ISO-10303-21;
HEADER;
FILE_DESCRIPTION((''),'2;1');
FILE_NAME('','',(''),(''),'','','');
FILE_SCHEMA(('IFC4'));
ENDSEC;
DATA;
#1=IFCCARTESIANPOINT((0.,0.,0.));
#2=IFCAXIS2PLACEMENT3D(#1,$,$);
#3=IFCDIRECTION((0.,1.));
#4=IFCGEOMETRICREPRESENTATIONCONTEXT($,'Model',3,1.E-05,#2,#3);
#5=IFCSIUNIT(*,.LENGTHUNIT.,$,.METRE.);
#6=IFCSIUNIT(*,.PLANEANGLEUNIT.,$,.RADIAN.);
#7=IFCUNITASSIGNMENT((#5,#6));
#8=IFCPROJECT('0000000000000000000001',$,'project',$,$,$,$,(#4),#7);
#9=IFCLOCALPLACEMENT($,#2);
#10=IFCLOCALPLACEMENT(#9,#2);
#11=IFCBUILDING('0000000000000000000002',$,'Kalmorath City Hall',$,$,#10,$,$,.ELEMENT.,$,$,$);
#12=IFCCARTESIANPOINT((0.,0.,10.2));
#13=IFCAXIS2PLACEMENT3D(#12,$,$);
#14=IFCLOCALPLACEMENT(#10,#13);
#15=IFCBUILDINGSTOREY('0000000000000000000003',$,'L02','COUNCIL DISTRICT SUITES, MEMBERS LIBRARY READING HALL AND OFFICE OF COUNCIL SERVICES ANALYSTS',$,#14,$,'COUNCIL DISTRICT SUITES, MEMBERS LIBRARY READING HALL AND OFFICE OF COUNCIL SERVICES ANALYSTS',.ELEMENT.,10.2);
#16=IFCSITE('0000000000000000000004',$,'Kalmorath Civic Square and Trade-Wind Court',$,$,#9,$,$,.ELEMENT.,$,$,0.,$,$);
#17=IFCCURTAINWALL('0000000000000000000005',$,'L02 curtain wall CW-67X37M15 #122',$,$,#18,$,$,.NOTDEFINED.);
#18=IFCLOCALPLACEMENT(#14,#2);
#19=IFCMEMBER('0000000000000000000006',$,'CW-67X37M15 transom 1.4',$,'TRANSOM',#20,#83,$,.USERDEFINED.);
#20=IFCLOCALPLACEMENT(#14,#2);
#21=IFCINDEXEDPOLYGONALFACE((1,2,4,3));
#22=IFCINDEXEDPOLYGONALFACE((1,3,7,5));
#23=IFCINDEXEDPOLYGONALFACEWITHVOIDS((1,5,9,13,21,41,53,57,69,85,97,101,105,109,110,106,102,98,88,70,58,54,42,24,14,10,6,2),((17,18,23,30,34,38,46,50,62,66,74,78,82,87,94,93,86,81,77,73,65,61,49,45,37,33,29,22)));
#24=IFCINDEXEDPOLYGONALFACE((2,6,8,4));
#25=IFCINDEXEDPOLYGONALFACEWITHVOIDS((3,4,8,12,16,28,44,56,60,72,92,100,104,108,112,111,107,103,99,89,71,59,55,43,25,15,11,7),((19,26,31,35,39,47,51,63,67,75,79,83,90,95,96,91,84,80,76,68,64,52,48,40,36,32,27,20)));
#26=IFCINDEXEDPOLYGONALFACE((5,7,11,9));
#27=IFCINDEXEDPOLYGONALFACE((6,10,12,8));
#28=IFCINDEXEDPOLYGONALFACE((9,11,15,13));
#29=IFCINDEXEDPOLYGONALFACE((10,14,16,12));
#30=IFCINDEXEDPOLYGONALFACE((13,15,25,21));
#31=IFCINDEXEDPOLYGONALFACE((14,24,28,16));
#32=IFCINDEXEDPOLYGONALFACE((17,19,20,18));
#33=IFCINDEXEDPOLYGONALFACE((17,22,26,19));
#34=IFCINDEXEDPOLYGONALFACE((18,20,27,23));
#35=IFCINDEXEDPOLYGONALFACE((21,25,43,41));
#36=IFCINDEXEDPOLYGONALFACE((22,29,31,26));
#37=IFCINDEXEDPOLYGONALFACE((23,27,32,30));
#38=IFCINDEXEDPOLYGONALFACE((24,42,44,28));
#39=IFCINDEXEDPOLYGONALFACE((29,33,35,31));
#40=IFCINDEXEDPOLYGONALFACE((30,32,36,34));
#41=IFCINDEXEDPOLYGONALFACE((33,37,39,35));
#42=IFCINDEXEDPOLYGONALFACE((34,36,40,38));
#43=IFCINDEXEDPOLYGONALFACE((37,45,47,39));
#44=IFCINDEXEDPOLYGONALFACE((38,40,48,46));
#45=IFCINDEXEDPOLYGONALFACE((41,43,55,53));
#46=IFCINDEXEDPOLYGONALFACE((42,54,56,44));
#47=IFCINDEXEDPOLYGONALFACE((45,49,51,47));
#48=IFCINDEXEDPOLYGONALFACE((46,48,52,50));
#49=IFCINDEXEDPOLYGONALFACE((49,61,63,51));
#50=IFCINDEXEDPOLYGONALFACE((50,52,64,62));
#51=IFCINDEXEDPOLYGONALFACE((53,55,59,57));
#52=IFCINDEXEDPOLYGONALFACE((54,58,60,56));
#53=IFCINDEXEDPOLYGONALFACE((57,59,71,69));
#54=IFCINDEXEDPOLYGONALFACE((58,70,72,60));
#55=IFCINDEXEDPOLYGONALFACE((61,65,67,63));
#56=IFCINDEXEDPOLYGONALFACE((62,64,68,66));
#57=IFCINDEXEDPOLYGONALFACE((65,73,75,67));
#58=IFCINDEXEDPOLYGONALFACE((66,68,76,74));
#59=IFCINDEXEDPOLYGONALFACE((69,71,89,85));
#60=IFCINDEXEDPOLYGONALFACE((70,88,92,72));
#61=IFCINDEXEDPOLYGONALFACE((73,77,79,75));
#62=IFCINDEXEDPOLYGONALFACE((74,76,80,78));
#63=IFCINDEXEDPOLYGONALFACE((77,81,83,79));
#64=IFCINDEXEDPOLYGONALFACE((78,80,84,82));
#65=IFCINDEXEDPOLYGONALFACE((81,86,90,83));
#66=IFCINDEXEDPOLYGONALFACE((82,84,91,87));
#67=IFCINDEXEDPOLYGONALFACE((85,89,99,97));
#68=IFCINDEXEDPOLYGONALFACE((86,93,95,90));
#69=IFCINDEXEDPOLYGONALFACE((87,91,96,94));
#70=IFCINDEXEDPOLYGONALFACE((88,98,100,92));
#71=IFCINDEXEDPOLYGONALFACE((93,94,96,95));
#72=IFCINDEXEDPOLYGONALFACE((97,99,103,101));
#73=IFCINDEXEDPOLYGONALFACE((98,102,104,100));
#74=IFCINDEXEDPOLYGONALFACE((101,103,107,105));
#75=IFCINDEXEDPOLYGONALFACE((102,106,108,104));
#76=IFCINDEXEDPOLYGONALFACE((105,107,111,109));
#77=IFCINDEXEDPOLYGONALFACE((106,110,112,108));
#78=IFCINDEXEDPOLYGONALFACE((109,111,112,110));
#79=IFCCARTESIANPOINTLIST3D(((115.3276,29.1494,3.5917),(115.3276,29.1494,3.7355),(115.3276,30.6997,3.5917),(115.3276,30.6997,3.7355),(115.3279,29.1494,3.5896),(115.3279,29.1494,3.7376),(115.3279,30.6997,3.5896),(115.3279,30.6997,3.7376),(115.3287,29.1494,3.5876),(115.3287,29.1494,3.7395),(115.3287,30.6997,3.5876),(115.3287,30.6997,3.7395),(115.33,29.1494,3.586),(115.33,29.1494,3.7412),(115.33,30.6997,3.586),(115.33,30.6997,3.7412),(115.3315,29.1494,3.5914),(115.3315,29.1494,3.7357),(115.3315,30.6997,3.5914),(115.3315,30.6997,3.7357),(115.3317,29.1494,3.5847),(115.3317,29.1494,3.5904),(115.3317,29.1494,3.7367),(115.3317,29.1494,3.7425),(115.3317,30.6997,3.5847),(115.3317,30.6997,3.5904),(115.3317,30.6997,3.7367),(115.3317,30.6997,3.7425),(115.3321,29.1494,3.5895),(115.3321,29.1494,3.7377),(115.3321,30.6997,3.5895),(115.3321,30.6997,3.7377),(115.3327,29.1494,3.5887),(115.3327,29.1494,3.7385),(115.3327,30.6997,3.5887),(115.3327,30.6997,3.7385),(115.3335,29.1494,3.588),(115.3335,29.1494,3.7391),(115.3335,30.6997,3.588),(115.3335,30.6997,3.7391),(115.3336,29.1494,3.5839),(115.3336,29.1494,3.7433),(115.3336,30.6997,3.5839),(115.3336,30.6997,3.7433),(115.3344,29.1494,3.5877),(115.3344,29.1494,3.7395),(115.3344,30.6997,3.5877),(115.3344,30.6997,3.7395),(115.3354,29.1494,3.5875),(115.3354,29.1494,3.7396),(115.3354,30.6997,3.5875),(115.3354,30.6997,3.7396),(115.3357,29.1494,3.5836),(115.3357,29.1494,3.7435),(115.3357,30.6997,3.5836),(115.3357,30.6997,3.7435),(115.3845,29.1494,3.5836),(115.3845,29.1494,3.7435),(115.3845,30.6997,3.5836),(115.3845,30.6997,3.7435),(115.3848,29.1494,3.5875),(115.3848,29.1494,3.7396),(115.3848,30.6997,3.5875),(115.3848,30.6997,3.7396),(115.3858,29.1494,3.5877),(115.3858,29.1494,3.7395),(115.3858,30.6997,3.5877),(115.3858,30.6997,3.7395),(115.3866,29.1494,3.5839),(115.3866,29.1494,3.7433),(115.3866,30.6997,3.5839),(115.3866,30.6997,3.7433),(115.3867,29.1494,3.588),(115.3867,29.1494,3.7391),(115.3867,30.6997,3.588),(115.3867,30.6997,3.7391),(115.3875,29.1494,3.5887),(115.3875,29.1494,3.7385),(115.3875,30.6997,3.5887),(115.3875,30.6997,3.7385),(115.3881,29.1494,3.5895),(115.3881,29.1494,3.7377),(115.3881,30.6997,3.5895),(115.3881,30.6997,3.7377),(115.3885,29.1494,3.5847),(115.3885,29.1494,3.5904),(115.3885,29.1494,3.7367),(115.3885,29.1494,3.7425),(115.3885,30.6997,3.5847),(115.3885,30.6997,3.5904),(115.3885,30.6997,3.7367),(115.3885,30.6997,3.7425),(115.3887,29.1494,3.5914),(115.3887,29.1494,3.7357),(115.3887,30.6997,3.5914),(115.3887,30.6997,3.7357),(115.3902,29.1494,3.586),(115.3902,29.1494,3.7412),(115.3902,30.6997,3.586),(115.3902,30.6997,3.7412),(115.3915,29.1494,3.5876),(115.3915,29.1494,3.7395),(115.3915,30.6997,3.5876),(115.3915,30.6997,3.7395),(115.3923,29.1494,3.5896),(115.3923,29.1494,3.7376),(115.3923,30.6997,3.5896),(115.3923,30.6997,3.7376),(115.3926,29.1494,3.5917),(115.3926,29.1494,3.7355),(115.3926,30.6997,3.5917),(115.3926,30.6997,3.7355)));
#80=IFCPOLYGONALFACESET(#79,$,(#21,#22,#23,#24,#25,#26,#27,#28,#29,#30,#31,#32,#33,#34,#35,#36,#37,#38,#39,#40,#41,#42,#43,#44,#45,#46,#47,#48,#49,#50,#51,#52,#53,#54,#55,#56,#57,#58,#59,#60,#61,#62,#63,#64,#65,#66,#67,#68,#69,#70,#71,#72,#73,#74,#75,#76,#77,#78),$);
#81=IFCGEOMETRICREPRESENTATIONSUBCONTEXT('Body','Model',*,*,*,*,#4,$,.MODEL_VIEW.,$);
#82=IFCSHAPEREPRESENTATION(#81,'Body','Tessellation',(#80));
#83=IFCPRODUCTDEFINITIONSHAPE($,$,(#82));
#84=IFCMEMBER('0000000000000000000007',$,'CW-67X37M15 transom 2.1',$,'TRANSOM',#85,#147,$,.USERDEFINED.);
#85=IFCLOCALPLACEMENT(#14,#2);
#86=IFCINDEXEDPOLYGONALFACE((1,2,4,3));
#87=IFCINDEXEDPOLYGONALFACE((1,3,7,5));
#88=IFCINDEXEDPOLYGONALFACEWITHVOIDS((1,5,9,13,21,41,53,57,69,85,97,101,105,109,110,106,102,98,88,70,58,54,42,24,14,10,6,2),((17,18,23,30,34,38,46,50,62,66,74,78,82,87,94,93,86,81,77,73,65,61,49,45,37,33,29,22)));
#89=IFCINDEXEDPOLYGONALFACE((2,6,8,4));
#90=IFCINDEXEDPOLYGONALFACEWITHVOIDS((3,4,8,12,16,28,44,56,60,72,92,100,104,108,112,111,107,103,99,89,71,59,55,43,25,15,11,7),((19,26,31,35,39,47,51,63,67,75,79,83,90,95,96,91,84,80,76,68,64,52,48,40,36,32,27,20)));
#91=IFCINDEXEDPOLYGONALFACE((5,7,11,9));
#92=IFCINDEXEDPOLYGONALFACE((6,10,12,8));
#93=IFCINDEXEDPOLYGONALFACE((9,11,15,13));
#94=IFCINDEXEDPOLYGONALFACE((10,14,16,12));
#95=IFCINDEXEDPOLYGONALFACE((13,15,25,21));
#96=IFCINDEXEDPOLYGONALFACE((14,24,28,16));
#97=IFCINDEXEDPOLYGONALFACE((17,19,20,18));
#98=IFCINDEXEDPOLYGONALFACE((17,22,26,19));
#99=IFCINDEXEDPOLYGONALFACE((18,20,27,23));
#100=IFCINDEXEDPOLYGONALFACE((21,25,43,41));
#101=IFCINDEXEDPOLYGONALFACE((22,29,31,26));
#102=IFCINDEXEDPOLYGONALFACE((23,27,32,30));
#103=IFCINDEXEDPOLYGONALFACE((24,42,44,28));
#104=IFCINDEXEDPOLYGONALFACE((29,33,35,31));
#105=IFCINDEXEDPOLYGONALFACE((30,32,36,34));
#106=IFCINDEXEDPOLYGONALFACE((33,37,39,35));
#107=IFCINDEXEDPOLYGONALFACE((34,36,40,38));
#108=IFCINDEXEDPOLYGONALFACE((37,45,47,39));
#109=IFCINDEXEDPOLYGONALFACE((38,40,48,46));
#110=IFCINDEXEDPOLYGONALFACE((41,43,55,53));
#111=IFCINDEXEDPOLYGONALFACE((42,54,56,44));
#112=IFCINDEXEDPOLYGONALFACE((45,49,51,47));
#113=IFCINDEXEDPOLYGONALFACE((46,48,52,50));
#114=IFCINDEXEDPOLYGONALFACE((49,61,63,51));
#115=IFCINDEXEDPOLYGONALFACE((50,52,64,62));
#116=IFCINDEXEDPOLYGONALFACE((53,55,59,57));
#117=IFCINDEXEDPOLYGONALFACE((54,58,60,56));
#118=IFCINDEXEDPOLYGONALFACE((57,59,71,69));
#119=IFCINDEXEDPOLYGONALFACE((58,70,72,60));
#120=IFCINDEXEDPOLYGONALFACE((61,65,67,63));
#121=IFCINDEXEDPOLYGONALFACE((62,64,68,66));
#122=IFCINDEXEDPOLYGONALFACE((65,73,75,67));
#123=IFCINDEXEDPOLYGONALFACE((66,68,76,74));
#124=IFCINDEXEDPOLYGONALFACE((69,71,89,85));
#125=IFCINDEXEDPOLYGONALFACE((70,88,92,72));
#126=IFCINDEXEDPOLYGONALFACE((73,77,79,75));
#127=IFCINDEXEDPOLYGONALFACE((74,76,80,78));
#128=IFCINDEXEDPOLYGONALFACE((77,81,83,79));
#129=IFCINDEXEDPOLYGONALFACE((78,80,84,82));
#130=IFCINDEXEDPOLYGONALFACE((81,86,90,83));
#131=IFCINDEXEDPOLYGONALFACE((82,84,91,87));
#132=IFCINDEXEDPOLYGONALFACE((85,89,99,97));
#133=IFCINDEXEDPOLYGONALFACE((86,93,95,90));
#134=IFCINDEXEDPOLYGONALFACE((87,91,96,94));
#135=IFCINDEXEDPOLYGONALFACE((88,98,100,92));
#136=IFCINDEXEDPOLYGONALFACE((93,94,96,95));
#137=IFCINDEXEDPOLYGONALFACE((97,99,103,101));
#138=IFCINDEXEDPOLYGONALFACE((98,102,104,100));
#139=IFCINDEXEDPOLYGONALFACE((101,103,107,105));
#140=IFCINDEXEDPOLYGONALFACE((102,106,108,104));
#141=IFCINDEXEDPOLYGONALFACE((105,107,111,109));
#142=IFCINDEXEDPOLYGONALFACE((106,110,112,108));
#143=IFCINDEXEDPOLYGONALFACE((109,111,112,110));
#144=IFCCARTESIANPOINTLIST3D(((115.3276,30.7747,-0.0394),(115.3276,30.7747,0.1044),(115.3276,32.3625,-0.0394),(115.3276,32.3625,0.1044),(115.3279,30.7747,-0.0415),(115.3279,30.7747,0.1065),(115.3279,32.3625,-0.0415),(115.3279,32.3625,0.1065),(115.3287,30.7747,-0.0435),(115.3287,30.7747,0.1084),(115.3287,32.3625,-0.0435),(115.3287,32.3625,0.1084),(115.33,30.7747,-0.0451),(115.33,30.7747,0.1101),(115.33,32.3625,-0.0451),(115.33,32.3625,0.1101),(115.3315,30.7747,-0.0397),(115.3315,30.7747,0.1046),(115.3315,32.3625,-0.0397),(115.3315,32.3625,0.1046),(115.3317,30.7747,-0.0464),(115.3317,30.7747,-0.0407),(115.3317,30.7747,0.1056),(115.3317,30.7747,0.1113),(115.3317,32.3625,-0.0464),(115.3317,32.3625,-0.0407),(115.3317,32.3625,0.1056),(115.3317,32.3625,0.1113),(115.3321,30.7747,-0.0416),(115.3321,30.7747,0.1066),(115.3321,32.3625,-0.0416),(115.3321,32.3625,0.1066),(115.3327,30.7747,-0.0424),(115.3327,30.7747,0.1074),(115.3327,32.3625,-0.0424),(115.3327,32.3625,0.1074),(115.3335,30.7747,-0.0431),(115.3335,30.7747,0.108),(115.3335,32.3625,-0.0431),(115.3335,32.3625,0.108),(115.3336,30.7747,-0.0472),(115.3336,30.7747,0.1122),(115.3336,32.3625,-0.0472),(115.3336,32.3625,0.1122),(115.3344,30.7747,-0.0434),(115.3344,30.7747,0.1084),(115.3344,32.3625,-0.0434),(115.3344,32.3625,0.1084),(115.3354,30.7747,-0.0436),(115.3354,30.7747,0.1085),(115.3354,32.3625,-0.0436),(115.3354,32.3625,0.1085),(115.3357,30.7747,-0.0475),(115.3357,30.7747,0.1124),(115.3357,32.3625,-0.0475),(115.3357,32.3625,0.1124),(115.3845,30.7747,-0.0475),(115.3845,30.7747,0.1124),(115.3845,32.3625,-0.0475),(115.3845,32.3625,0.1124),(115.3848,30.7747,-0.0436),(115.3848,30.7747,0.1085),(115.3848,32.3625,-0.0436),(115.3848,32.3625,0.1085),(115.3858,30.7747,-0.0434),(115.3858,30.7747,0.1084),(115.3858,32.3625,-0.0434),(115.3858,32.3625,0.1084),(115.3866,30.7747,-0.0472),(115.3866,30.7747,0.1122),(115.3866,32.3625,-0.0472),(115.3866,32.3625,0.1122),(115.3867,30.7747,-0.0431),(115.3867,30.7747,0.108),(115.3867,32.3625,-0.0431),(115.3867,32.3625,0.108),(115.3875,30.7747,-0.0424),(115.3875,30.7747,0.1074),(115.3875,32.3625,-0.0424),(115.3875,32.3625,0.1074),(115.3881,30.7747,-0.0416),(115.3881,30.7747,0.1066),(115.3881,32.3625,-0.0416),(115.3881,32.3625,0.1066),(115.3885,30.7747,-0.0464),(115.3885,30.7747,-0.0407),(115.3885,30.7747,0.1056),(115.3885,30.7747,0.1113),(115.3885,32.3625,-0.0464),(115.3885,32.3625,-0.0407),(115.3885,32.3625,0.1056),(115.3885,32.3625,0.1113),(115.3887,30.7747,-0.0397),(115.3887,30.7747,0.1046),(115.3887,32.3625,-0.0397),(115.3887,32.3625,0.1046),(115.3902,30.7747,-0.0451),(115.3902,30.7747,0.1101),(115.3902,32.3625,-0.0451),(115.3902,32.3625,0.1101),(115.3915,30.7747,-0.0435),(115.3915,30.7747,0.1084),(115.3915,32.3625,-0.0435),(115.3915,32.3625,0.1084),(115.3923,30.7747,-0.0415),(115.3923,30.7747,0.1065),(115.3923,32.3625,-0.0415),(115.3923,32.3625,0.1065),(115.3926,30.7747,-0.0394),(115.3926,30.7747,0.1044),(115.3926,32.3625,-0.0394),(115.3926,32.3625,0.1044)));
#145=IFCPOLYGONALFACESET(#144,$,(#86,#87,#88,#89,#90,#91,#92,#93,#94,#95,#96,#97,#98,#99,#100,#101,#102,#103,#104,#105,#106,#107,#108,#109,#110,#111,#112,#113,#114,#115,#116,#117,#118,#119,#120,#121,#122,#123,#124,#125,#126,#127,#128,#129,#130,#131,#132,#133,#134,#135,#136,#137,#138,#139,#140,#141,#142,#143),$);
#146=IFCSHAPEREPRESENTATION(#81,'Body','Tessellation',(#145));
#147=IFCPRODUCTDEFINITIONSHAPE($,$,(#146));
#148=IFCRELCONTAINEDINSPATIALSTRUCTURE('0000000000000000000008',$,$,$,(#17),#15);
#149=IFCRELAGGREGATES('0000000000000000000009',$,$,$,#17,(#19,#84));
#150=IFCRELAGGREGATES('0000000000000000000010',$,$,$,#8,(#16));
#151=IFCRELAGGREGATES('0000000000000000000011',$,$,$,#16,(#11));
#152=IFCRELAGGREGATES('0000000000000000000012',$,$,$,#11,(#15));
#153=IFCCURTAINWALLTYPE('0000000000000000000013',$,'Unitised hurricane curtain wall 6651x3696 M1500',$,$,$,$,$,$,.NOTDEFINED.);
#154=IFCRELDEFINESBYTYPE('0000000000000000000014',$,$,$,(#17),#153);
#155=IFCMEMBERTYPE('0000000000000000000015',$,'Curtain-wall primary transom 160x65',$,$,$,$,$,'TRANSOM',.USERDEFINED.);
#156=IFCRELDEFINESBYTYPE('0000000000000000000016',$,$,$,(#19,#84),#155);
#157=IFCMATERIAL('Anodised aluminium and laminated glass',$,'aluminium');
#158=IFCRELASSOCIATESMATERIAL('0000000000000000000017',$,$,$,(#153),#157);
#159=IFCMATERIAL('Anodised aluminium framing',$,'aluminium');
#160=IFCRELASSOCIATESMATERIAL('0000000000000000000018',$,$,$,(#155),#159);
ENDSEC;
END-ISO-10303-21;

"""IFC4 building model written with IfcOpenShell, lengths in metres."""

from ifc_helpers import new_model, si_unit, direction, frame, origin, origin_2d, place, context, subcontext, project, spatial, hollow_rectangle, extrude, material, material_profile, profile_set, type_object, element, aggregate, save


model = new_model("IFC4")

# Units and contexts
model_context = context("Model", 3, precision=1e-05, world=origin(), true_north=direction((0.0, 1.0)))
body_context = subcontext(model_context, "Body", "Model", "MODEL_VIEW")
ifc_project = project(units=[si_unit("LENGTHUNIT", "METRE"), si_unit("PLANEANGLEUNIT", "RADIAN")], contexts=[model_context])

# Site, building, storey
site_placement = place(None, origin())
site = spatial("IfcSite", under=ifc_project, at=site_placement, Name="Kalmorath Civic Square and Trade-Wind Court", CompositionType="ELEMENT", RefElevation=0.0)
building_placement = place(site_placement, origin())
building = spatial("IfcBuilding", under=site, at=building_placement, Name="Kalmorath City Hall", CompositionType="ELEMENT")
storey_placement = place(building_placement, frame((0.0, 0.0, 10.2)))
storey = spatial("IfcBuildingStorey", under=building, at=storey_placement, Name="L02", Description="COUNCIL DISTRICT SUITES, MEMBERS LIBRARY READING HALL AND OFFICE OF COUNCIL SERVICES ANALYSTS", LongName="COUNCIL DISTRICT SUITES, MEMBERS LIBRARY READING HALL AND OFFICE OF COUNCIL SERVICES ANALYSTS", CompositionType="ELEMENT", Elevation=10.2)

# Curtain wall
ifc_material_1 = material(Name="Anodised aluminium and laminated glass", Category="aluminium")
curtain_wall_type_1 = type_object("IfcCurtainWallType", Name="Unitised hurricane curtain wall 6651x3696 M1500", PredefinedType="NOTDEFINED", material=ifc_material_1)
curtain_wall_1_placement = place(storey_placement, origin())
curtain_wall_1 = element("IfcCurtainWall", 1, at=curtain_wall_1_placement, inside=storey, type_object=curtain_wall_type_1, Name="L02 curtain wall CW-67X37M15 #122", PredefinedType="NOTDEFINED")

# Members
ifc_material_2 = material(Name="Anodised aluminium framing", Category="aluminium")
ifc_material_profile_1 = material_profile(ifc_material_2, hollow_rectangle(XDim=0.0649, YDim=0.1599, WallThickness=0.0039, InnerFilletRadius=0.0039, OuterFilletRadius=0.0081, at=origin_2d()), Name="ALU-TRN-160X65X4")
ifc_profile_set_1 = profile_set([ifc_material_profile_1], Name="Anodised aluminium framing")
member_type_1 = type_object("IfcMemberType", Name="Curtain-wall primary transom 160x65", ElementType="TRANSOM", PredefinedType="USERDEFINED", material=ifc_profile_set_1)
member_1_placement = place(storey_placement, frame((115.3601, 29.1494, 3.6636), z_axis=(0.0, 1.0, 0.0), x_axis=(-1.0, 0.0, 0.0)))
member_1 = element("IfcMember", 2, at=member_1_placement, type_object=member_type_1, Name="CW-67X37M15 transom 1.4", ObjectType="TRANSOM", PredefinedType="USERDEFINED", context=body_context, shape_type="SweptSolid", body=[
    extrude(hollow_rectangle(XDim=0.0649, YDim=0.1599, WallThickness=0.0039, InnerFilletRadius=0.0039, OuterFilletRadius=0.0081, at=origin_2d()), origin(), (0.0, 0.0, 1.0), 1.5503),
])
member_2_placement = place(storey_placement, frame((115.3601, 30.7747, 0.0325), z_axis=(0.0, 1.0, 0.0), x_axis=(-1.0, 0.0, 0.0)))
member_2 = element("IfcMember", 3, at=member_2_placement, type_object=member_type_1, Name="CW-67X37M15 transom 2.1", ObjectType="TRANSOM", PredefinedType="USERDEFINED", context=body_context, shape_type="SweptSolid", body=[
    extrude(hollow_rectangle(XDim=0.0649, YDim=0.1599, WallThickness=0.0039, InnerFilletRadius=0.0039, OuterFilletRadius=0.0081, at=origin_2d()), origin(), (0.0, 0.0, 1.0), 1.5879),
])

aggregate(curtain_wall_1, [member_1, member_2])

save(model, "model.ifc")
